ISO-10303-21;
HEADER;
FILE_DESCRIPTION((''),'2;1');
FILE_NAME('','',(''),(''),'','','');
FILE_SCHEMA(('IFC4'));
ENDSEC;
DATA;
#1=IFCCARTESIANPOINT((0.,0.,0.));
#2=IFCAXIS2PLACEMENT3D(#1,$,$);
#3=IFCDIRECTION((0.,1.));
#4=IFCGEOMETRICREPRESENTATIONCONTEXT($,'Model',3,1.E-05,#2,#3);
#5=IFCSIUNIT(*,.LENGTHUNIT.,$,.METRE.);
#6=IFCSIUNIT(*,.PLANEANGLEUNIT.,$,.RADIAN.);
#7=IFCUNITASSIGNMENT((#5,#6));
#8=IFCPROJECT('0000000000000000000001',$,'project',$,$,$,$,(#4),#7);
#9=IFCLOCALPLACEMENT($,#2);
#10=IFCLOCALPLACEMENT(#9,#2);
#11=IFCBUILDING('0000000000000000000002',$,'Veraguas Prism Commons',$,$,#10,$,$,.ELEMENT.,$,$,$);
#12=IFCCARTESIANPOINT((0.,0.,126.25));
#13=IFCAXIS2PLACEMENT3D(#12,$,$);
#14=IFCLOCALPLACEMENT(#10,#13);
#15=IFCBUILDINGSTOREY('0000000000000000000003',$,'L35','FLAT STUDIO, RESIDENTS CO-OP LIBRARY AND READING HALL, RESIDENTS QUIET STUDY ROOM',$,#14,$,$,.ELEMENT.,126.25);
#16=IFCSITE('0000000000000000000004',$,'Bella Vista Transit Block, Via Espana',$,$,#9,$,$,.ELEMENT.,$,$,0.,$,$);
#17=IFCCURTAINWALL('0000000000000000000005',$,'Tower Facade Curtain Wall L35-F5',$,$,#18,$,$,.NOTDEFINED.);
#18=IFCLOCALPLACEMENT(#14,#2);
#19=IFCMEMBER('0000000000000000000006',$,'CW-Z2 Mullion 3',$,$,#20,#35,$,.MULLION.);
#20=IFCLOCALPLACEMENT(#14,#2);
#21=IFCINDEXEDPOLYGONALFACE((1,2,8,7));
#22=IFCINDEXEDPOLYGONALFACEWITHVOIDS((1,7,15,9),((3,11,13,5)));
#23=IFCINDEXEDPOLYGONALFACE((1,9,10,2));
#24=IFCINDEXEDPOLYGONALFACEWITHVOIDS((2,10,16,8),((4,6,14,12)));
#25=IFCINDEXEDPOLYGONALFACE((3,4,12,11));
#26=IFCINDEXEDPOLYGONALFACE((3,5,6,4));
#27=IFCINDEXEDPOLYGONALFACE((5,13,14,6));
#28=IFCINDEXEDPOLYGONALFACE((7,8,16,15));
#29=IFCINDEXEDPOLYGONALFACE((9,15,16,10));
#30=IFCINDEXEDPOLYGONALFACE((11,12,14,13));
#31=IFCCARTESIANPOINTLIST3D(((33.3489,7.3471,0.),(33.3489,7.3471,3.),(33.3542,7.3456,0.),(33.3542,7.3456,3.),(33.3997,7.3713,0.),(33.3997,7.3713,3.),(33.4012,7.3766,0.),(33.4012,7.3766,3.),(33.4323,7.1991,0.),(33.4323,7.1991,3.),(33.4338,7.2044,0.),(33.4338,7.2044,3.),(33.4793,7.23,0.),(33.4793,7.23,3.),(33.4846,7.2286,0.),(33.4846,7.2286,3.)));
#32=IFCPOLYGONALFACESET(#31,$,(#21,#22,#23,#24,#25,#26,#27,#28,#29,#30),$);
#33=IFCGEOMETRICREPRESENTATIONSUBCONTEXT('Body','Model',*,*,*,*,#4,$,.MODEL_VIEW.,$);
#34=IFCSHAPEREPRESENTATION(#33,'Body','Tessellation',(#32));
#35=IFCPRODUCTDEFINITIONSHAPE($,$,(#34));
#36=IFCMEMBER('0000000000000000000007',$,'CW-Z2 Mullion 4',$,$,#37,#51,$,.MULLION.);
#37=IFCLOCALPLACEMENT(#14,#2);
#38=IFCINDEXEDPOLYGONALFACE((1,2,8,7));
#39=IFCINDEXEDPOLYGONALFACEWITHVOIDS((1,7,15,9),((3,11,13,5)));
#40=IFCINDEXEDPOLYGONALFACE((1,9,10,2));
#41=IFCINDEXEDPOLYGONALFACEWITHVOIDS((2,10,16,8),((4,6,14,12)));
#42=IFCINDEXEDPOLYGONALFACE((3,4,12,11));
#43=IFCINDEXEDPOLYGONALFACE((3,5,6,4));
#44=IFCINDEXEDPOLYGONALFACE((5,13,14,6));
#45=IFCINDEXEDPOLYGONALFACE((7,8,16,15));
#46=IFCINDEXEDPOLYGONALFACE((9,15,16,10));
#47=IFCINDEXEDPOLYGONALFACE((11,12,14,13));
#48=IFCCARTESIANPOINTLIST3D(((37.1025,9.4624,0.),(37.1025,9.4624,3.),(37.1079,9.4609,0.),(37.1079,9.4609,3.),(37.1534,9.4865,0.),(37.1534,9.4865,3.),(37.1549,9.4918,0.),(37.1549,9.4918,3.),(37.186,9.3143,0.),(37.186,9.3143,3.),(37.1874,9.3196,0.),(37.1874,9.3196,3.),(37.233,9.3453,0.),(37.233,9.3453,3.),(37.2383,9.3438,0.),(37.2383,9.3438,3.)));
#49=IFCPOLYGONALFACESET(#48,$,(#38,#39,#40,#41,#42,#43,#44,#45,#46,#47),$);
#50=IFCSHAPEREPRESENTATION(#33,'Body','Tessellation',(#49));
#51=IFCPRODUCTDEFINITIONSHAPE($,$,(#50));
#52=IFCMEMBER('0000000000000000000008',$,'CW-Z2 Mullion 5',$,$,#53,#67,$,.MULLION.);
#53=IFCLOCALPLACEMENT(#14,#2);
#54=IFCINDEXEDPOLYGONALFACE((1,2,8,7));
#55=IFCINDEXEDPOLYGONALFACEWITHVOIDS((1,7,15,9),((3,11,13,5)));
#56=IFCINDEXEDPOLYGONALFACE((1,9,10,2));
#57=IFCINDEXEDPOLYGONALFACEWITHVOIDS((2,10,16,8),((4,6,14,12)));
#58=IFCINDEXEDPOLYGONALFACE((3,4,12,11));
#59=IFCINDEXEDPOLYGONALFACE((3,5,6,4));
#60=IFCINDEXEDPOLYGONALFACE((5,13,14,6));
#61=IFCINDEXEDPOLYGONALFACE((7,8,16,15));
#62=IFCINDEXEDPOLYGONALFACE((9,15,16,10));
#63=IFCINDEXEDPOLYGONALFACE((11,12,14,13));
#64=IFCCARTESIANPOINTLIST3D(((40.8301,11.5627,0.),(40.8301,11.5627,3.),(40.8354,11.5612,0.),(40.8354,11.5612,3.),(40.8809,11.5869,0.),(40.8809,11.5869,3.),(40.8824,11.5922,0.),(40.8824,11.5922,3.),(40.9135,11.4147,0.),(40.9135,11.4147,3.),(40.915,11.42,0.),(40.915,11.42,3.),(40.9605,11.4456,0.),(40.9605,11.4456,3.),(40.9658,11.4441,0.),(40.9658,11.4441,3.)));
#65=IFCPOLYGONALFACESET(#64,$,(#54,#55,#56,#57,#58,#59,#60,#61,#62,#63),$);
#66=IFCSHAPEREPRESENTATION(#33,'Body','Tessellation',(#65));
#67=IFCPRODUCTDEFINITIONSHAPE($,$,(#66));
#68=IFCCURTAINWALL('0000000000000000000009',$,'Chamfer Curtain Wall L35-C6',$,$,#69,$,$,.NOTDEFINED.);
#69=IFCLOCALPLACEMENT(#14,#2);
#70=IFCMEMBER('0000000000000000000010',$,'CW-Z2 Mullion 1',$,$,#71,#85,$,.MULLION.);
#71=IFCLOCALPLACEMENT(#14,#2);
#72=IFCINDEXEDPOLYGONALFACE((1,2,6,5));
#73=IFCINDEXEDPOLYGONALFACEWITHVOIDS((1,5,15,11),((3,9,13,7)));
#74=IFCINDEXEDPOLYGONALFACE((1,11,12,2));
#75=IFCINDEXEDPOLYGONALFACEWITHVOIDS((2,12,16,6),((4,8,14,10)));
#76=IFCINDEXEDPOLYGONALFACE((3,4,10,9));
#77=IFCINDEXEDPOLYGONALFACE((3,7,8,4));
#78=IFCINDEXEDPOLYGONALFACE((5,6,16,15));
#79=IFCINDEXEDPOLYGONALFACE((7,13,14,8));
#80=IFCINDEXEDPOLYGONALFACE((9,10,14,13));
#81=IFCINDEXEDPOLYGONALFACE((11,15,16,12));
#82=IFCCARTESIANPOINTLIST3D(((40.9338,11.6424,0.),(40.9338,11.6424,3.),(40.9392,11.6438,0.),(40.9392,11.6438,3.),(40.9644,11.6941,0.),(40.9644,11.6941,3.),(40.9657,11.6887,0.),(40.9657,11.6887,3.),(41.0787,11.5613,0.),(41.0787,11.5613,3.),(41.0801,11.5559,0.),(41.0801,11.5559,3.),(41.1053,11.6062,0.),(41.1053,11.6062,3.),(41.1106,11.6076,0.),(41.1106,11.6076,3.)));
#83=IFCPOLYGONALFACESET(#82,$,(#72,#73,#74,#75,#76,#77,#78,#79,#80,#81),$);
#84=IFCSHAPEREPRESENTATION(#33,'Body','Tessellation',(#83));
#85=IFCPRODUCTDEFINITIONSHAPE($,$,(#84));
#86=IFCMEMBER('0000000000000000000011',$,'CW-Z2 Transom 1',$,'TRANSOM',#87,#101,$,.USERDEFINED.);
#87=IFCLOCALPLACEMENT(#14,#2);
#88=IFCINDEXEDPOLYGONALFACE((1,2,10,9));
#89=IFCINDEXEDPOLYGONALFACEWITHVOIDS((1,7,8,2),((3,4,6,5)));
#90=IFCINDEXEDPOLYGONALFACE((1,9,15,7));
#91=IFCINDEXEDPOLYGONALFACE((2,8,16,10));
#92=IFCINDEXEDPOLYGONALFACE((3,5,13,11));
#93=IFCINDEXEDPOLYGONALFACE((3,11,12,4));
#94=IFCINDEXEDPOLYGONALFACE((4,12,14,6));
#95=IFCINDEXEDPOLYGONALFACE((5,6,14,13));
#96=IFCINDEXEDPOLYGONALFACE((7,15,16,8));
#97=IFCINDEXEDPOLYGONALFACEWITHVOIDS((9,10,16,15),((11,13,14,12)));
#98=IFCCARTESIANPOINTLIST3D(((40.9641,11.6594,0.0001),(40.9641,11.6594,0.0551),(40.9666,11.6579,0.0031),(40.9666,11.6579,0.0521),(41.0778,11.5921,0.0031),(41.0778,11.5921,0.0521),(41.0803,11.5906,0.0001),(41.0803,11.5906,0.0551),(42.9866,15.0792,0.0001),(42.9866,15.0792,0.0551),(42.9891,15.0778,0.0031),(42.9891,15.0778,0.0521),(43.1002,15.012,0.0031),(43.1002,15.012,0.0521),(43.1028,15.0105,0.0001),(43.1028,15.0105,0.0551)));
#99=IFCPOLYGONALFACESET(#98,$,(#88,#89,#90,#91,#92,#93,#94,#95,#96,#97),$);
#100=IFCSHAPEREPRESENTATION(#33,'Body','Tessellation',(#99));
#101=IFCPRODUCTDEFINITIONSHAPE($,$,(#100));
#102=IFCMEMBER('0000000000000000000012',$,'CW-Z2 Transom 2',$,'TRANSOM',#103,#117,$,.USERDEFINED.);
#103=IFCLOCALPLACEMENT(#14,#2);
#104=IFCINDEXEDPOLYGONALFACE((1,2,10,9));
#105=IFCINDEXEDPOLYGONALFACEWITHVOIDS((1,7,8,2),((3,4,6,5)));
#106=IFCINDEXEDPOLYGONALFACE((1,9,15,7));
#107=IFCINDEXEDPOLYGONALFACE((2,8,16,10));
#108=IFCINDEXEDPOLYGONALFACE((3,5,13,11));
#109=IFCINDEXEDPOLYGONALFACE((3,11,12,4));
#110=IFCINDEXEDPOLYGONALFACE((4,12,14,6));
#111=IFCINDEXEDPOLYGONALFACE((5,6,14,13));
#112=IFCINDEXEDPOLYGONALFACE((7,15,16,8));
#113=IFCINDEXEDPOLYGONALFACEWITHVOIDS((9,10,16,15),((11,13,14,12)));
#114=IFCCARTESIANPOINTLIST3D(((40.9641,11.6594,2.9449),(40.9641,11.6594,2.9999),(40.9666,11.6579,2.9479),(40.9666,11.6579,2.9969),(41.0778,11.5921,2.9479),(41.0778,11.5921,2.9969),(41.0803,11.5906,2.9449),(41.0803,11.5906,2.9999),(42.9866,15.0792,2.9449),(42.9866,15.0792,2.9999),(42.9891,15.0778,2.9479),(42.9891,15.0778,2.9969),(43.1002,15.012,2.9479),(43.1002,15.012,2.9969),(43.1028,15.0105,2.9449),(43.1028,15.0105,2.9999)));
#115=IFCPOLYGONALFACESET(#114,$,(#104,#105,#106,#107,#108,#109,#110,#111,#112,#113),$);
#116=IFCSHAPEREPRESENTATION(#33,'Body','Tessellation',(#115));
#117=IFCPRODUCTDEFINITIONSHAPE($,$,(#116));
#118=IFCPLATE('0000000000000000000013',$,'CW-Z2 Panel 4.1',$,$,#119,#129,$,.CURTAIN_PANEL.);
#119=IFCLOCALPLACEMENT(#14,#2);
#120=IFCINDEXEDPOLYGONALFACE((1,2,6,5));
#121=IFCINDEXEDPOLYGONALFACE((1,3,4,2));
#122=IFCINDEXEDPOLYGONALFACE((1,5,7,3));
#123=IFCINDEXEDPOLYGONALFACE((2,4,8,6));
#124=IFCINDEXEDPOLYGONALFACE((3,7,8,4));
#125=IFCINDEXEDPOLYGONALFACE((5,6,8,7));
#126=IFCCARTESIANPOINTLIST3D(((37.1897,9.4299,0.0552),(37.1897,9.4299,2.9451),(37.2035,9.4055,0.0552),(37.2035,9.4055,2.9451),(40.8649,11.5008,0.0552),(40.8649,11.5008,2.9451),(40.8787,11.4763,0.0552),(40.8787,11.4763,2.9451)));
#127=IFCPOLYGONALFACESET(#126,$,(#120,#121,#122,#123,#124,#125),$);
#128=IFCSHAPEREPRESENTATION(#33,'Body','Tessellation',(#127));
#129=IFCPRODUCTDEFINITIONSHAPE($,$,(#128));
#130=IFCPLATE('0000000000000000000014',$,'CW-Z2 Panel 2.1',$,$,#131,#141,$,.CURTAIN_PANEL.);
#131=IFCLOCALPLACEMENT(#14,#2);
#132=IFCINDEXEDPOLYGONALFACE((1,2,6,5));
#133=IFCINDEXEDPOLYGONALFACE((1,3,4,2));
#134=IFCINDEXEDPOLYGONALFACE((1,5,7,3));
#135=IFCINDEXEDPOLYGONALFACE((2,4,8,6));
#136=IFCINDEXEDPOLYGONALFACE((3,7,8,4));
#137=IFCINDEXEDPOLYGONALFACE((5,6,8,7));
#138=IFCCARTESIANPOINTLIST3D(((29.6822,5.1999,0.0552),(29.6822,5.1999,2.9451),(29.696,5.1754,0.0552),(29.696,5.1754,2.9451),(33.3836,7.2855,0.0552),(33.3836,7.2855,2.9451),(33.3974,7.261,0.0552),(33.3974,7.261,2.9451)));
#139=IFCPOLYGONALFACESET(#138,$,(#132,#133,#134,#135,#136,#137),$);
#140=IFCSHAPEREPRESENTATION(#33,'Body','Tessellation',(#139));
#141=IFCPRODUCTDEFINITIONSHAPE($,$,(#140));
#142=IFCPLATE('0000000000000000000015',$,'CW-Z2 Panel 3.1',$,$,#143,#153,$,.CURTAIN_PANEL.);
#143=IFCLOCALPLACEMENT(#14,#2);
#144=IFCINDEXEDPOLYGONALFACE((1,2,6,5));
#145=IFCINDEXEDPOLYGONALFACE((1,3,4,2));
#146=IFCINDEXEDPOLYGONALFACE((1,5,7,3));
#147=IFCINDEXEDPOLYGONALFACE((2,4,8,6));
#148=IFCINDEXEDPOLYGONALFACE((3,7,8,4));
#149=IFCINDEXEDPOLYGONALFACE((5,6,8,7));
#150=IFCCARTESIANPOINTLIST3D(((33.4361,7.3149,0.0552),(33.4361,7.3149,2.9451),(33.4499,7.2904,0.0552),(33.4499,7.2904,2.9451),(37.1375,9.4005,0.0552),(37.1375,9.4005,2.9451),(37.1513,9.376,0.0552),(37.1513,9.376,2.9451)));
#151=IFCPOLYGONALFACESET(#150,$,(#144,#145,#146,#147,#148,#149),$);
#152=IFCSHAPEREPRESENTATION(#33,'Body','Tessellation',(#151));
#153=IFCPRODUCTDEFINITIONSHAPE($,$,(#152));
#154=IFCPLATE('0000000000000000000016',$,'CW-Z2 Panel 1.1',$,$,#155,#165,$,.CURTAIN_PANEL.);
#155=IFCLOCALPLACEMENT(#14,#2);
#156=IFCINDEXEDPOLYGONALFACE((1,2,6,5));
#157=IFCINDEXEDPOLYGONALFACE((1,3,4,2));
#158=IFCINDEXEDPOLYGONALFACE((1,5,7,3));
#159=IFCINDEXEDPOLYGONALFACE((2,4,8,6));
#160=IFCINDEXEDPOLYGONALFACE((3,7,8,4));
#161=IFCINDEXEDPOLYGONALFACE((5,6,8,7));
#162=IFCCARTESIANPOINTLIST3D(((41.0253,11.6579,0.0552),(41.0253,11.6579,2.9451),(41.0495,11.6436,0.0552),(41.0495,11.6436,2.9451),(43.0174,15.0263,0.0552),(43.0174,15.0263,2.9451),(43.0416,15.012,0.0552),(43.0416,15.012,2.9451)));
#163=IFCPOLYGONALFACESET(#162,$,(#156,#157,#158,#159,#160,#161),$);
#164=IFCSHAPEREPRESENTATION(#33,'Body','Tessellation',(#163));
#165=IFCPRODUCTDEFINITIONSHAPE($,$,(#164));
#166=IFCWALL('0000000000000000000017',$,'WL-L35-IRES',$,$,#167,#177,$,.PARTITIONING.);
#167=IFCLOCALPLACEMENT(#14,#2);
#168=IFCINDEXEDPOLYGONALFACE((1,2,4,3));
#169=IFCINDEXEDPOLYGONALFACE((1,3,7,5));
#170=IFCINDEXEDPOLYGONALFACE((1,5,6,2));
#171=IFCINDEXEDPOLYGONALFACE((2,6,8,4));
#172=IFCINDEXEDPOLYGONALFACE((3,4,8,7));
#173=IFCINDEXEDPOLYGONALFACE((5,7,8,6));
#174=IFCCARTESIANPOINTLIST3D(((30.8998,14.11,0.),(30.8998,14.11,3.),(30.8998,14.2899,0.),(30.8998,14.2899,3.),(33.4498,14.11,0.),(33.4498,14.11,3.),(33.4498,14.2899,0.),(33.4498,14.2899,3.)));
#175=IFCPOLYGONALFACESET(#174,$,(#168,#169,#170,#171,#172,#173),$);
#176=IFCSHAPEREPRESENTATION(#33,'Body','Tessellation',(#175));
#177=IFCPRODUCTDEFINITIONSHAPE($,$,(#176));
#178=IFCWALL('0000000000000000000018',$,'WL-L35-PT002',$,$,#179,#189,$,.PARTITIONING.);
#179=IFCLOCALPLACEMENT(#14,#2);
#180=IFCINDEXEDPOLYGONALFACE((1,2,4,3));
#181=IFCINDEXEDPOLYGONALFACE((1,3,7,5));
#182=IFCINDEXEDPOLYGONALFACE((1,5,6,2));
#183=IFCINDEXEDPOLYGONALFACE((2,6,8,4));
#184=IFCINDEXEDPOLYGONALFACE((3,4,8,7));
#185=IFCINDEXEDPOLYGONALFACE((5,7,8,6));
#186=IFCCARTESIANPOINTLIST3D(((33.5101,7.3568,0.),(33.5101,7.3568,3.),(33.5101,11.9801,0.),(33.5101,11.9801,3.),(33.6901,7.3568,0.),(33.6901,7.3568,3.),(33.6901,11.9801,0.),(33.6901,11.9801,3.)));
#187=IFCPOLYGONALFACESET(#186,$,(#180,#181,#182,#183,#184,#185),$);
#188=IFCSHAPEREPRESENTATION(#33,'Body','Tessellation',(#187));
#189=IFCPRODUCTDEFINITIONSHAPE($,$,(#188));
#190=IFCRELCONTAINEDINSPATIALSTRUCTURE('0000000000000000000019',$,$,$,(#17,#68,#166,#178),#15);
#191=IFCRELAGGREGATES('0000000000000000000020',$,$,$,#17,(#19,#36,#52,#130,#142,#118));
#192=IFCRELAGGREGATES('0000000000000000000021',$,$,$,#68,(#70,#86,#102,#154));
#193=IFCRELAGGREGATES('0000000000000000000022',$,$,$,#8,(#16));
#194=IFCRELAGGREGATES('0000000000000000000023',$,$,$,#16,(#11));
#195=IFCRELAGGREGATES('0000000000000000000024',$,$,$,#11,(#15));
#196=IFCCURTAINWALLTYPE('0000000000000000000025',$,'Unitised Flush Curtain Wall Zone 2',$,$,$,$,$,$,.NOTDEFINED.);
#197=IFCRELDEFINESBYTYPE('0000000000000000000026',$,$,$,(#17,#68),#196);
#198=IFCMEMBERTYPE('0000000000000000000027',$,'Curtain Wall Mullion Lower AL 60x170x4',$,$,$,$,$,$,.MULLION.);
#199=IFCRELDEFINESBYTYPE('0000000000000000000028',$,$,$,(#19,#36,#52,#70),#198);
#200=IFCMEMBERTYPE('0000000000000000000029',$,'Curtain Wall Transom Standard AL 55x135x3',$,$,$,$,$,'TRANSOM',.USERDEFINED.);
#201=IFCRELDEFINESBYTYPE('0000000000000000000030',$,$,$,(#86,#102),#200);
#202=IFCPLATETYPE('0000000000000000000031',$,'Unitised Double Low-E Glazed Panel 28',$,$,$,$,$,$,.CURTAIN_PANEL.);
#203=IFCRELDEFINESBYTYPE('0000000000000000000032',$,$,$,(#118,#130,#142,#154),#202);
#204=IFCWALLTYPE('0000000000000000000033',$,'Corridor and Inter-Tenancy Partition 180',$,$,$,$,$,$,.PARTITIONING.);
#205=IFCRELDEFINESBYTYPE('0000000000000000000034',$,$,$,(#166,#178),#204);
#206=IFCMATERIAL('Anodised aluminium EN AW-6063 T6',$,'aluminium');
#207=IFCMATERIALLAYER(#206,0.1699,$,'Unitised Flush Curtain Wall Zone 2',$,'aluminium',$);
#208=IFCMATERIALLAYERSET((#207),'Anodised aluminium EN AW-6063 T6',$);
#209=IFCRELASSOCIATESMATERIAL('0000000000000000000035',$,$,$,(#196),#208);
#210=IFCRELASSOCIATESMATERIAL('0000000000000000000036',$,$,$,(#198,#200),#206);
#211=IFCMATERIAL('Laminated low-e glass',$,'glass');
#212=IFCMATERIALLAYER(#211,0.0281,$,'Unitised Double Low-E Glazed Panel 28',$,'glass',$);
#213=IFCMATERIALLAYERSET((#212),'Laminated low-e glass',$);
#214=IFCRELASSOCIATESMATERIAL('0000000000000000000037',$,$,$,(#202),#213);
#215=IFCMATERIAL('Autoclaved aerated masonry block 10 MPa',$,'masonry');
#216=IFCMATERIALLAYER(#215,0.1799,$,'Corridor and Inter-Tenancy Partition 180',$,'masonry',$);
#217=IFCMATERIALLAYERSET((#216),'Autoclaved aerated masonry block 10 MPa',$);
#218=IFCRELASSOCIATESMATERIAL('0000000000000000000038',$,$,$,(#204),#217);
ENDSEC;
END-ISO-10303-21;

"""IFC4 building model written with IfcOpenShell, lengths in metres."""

from ifc_helpers import new_model, si_unit, direction, frame, frame_2d, origin, origin_2d, place, context, subcontext, project, spatial, rectangle, hollow_rectangle, extrude, source, transform, mapped, material, layer, layer_set, material_profile, profile_set, type_object, element, aggregate, save


model = new_model("IFC4")

# Units and contexts
model_context = context("Model", 3, precision=1e-05, world=origin(), true_north=direction((0.0, 1.0)))
body_context = subcontext(model_context, "Body", "Model", "MODEL_VIEW")
ifc_project = project(units=[si_unit("LENGTHUNIT", "METRE"), si_unit("PLANEANGLEUNIT", "RADIAN")], contexts=[model_context])

# Site, building, storey
site_placement = place(None, origin())
site = spatial("IfcSite", under=ifc_project, at=site_placement, Name="Bella Vista Transit Block, Via Espana", CompositionType="ELEMENT", RefElevation=0.0)
building_placement = place(site_placement, origin())
building = spatial("IfcBuilding", under=site, at=building_placement, Name="Veraguas Prism Commons", CompositionType="ELEMENT")
storey_placement = place(building_placement, frame((0.0, 0.0, 126.25)))
storey = spatial("IfcBuildingStorey", under=building, at=storey_placement, Name="L35", Description="FLAT STUDIO, RESIDENTS CO-OP LIBRARY AND READING HALL, RESIDENTS QUIET STUDY ROOM", CompositionType="ELEMENT", Elevation=126.25)

# Curtain walls, members
ifc_material_1 = material(Name="Anodised aluminium EN AW-6063 T6", Category="aluminium")
ifc_layer_1 = layer(ifc_material_1, 0.1699, Name="Unitised Flush Curtain Wall Zone 2", Category="aluminium")
ifc_layer_set_1 = layer_set([ifc_layer_1], Name="Anodised aluminium EN AW-6063 T6")
curtain_wall_type = type_object("IfcCurtainWallType", Name="Unitised Flush Curtain Wall Zone 2", PredefinedType="NOTDEFINED", material=ifc_layer_set_1)
curtain_wall_1_placement = place(storey_placement, origin())
curtain_wall_1 = element("IfcCurtainWall", 1, at=curtain_wall_1_placement, inside=storey, type_object=curtain_wall_type, Name="Tower Facade Curtain Wall L35-F5", PredefinedType="NOTDEFINED")
ifc_material_profile_1 = material_profile(ifc_material_1, hollow_rectangle(XDim=0.0601, YDim=0.1699, WallThickness=0.0039, at=origin_2d()), Name="AL60X170X4")
ifc_profile_set_1 = profile_set([ifc_material_profile_1], Name="Anodised aluminium EN AW-6063 T6")
member_type_1 = type_object("IfcMemberType", Name="Curtain Wall Mullion Lower AL 60x170x4", PredefinedType="MULLION", material=ifc_profile_set_1)
shared_shape_1 = source(origin(), body_context, "Body", "SweptSolid", [
    extrude(hollow_rectangle(XDim=0.0601, YDim=0.1699, WallThickness=0.0039, at=origin_2d()), origin(), (0.0, 0.0, 1.0), 3.0),
])
member_1_placement = place(storey_placement, frame((33.4167, 7.2878, 0.0), z_axis=(0.0, 0.0, 1.0), x_axis=(0.871215, 0.490902, 0.0)))
member_1 = element("IfcMember", 2, at=member_1_placement, type_object=member_type_1, Name="CW-Z2 Mullion 3", PredefinedType="MULLION", context=body_context, shape_type="MappedRepresentation", body=[
    mapped(shared_shape_1, transform((0.0, 0.0, 0.0), scale=1.0)),
])
member_2_placement = place(storey_placement, frame((37.1704, 9.4031, 0.0), z_axis=(0.0, 0.0, 1.0), x_axis=(0.871215, 0.490902, 0.0)))
member_2 = element("IfcMember", 3, at=member_2_placement, type_object=member_type_1, Name="CW-Z2 Mullion 4", PredefinedType="MULLION", context=body_context, shape_type="MappedRepresentation", body=[
    mapped(shared_shape_1, transform((0.0, 0.0, 0.0), scale=1.0)),
])
member_3_placement = place(storey_placement, frame((40.8979, 11.5034, 0.0), z_axis=(0.0, 0.0, 1.0), x_axis=(0.871215, 0.490902, 0.0)))
member_3 = element("IfcMember", 4, at=member_3_placement, type_object=member_type_1, Name="CW-Z2 Mullion 5", PredefinedType="MULLION", context=body_context, shape_type="MappedRepresentation", body=[
    mapped(shared_shape_1, transform((0.0, 0.0, 0.0), scale=1.0)),
])
curtain_wall_2_placement = place(storey_placement, origin())
curtain_wall_2 = element("IfcCurtainWall", 5, at=curtain_wall_2_placement, inside=storey, type_object=curtain_wall_type, Name="Chamfer Curtain Wall L35-C6", PredefinedType="NOTDEFINED")
member_4_placement = place(storey_placement, frame((41.0222, 11.625, 0.0), z_axis=(0.0, 0.0, 1.0), x_axis=(0.509041, 0.860742, 0.0)))
member_4 = element("IfcMember", 6, at=member_4_placement, type_object=member_type_1, Name="CW-Z2 Mullion 1", PredefinedType="MULLION", context=body_context, shape_type="MappedRepresentation", body=[
    mapped(shared_shape_1, transform((0.0, 0.0, 0.0), scale=1.0)),
])
ifc_material_profile_2 = material_profile(ifc_material_1, hollow_rectangle(XDim=0.0549, YDim=0.135, WallThickness=0.0029, at=origin_2d()), Name="AL55X135X3")
ifc_profile_set_2 = profile_set([ifc_material_profile_2], Name="Anodised aluminium EN AW-6063 T6")
member_type_2 = type_object("IfcMemberType", Name="Curtain Wall Transom Standard AL 55x135x3", ElementType="TRANSOM", PredefinedType="USERDEFINED", material=ifc_profile_set_2)
shared_shape_2 = source(origin(), body_context, "Body", "SweptSolid", [
    extrude(hollow_rectangle(XDim=0.0549, YDim=0.135, WallThickness=0.0029, at=origin_2d()), origin(), (0.0, 0.0, 1.0), 3.9731),
])
member_5_placement = place(storey_placement, frame((41.0222, 11.625, 0.0276), z_axis=(0.509027, 0.86075, 0.0), x_axis=(0.0, 0.0, 1.0)))
member_5 = element("IfcMember", 7, at=member_5_placement, type_object=member_type_2, Name="CW-Z2 Transom 1", ObjectType="TRANSOM", PredefinedType="USERDEFINED", context=body_context, shape_type="MappedRepresentation", body=[
    mapped(shared_shape_2, transform((0.0, 0.0, 0.0), scale=1.0)),
])
member_6_placement = place(storey_placement, frame((41.0222, 11.625, 2.9724), z_axis=(0.509027, 0.86075, 0.0), x_axis=(0.0, 0.0, 1.0)))
member_6 = element("IfcMember", 8, at=member_6_placement, type_object=member_type_2, Name="CW-Z2 Transom 2", ObjectType="TRANSOM", PredefinedType="USERDEFINED", context=body_context, shape_type="MappedRepresentation", body=[
    mapped(shared_shape_2, transform((0.0, 0.0, 0.0), scale=1.0)),
])

# Plates
ifc_material_2 = material(Name="Laminated low-e glass", Category="glass")
ifc_layer_2 = layer(ifc_material_2, 0.0281, Name="Unitised Double Low-E Glazed Panel 28", Category="glass")
ifc_layer_set_2 = layer_set([ifc_layer_2], Name="Laminated low-e glass")
plate_type = type_object("IfcPlateType", Name="Unitised Double Low-E Glazed Panel 28", PredefinedType="CURTAIN_PANEL", material=ifc_layer_set_2)
shared_shape_3 = source(origin(), body_context, "Body", "SweptSolid", [
    extrude(rectangle(XDim=4.2185, YDim=0.0281, at=origin_2d()), origin(), (0.0, 0.0, 1.0), 2.8899),
])
plate_1_placement = place(storey_placement, frame((39.0342, 10.4531, 0.0552), z_axis=(0.0, 0.0, 1.0), x_axis=(0.871215, 0.490902, 0.0)))
plate_1 = element("IfcPlate", 9, at=plate_1_placement, type_object=plate_type, Name="CW-Z2 Panel 4.1", PredefinedType="CURTAIN_PANEL", context=body_context, shape_type="MappedRepresentation", body=[
    mapped(shared_shape_3, transform((0.0, 0.0, 0.0), scale=1.0)),
])
shared_shape_4 = source(origin(), body_context, "Body", "SweptSolid", [
    extrude(rectangle(XDim=4.2485, YDim=0.0281, at=origin_2d()), origin(), (0.0, 0.0, 1.0), 2.8899),
])
plate_2_placement = place(storey_placement, frame((31.5398, 6.2305, 0.0552), z_axis=(0.0, 0.0, 1.0), x_axis=(0.871215, 0.490902, 0.0)))
plate_2 = element("IfcPlate", 10, at=plate_2_placement, type_object=plate_type, Name="CW-Z2 Panel 2.1", PredefinedType="CURTAIN_PANEL", context=body_context, shape_type="MappedRepresentation", body=[
    mapped(shared_shape_4, transform((0.0, 0.0, 0.0), scale=1.0)),
])
plate_3_placement = place(storey_placement, frame((35.2937, 8.3455, 0.0552), z_axis=(0.0, 0.0, 1.0), x_axis=(0.871215, 0.490902, 0.0)))
plate_3 = element("IfcPlate", 11, at=plate_3_placement, type_object=plate_type, Name="CW-Z2 Panel 3.1", PredefinedType="CURTAIN_PANEL", context=body_context, shape_type="MappedRepresentation", body=[
    mapped(shared_shape_4, transform((0.0, 0.0, 0.0), scale=1.0)),
])
aggregate(curtain_wall_1, [member_1, member_2, member_3, plate_2, plate_3, plate_1])
shared_shape_5 = source(origin(), body_context, "Body", "SweptSolid", [
    extrude(rectangle(XDim=3.9133, YDim=0.0281, at=origin_2d()), origin(), (0.0, 0.0, 1.0), 2.8899),
])
plate_4_placement = place(storey_placement, frame((42.0334, 13.335, 0.0552), z_axis=(0.0, 0.0, 1.0), x_axis=(0.509041, 0.860742, 0.0)))
plate_4 = element("IfcPlate", 12, at=plate_4_placement, type_object=plate_type, Name="CW-Z2 Panel 1.1", PredefinedType="CURTAIN_PANEL", context=body_context, shape_type="MappedRepresentation", body=[
    mapped(shared_shape_5, transform((0.0, 0.0, 0.0), scale=1.0)),
])
aggregate(curtain_wall_2, [member_4, member_5, member_6, plate_4])

# Walls
ifc_material_3 = material(Name="Autoclaved aerated masonry block 10 MPa", Category="masonry")
ifc_layer_3 = layer(ifc_material_3, 0.1799, Name="Corridor and Inter-Tenancy Partition 180", Category="masonry")
ifc_layer_set_3 = layer_set([ifc_layer_3], Name="Autoclaved aerated masonry block 10 MPa")
wall_type_1 = type_object("IfcWallType", Name="Corridor and Inter-Tenancy Partition 180", PredefinedType="PARTITIONING", material=ifc_layer_set_3)
wall_1_placement = place(storey_placement, frame((30.8999, 14.2, 0.0), z_axis=(0.0, 0.0, 1.0), x_axis=(1.0, 0.0, 0.0)))
element("IfcWall", 13, at=wall_1_placement, inside=storey, type_object=wall_type_1, Name="WL-L35-IRES", PredefinedType="PARTITIONING", context=body_context, shape_type="SweptSolid", body=[
    extrude(rectangle(XDim=2.55, YDim=0.1799, at=frame_2d((1.2749, 0.0))), origin(), (0.0, 0.0, 1.0), 3.0),
])
wall_2_placement = place(storey_placement, frame((33.6001, 11.98, 0.0), z_axis=(0.0, 0.0, 1.0), x_axis=(0.0, -1.0, 0.0)))
element("IfcWall", 14, at=wall_2_placement, inside=storey, type_object=wall_type_1, Name="WL-L35-PT002", PredefinedType="PARTITIONING", context=body_context, shape_type="SweptSolid", body=[
    extrude(rectangle(XDim=4.6233, YDim=0.1799, at=frame_2d((2.3115, 0.0))), origin(), (0.0, 0.0, 1.0), 3.0),
])

save(model, "model.ifc")
